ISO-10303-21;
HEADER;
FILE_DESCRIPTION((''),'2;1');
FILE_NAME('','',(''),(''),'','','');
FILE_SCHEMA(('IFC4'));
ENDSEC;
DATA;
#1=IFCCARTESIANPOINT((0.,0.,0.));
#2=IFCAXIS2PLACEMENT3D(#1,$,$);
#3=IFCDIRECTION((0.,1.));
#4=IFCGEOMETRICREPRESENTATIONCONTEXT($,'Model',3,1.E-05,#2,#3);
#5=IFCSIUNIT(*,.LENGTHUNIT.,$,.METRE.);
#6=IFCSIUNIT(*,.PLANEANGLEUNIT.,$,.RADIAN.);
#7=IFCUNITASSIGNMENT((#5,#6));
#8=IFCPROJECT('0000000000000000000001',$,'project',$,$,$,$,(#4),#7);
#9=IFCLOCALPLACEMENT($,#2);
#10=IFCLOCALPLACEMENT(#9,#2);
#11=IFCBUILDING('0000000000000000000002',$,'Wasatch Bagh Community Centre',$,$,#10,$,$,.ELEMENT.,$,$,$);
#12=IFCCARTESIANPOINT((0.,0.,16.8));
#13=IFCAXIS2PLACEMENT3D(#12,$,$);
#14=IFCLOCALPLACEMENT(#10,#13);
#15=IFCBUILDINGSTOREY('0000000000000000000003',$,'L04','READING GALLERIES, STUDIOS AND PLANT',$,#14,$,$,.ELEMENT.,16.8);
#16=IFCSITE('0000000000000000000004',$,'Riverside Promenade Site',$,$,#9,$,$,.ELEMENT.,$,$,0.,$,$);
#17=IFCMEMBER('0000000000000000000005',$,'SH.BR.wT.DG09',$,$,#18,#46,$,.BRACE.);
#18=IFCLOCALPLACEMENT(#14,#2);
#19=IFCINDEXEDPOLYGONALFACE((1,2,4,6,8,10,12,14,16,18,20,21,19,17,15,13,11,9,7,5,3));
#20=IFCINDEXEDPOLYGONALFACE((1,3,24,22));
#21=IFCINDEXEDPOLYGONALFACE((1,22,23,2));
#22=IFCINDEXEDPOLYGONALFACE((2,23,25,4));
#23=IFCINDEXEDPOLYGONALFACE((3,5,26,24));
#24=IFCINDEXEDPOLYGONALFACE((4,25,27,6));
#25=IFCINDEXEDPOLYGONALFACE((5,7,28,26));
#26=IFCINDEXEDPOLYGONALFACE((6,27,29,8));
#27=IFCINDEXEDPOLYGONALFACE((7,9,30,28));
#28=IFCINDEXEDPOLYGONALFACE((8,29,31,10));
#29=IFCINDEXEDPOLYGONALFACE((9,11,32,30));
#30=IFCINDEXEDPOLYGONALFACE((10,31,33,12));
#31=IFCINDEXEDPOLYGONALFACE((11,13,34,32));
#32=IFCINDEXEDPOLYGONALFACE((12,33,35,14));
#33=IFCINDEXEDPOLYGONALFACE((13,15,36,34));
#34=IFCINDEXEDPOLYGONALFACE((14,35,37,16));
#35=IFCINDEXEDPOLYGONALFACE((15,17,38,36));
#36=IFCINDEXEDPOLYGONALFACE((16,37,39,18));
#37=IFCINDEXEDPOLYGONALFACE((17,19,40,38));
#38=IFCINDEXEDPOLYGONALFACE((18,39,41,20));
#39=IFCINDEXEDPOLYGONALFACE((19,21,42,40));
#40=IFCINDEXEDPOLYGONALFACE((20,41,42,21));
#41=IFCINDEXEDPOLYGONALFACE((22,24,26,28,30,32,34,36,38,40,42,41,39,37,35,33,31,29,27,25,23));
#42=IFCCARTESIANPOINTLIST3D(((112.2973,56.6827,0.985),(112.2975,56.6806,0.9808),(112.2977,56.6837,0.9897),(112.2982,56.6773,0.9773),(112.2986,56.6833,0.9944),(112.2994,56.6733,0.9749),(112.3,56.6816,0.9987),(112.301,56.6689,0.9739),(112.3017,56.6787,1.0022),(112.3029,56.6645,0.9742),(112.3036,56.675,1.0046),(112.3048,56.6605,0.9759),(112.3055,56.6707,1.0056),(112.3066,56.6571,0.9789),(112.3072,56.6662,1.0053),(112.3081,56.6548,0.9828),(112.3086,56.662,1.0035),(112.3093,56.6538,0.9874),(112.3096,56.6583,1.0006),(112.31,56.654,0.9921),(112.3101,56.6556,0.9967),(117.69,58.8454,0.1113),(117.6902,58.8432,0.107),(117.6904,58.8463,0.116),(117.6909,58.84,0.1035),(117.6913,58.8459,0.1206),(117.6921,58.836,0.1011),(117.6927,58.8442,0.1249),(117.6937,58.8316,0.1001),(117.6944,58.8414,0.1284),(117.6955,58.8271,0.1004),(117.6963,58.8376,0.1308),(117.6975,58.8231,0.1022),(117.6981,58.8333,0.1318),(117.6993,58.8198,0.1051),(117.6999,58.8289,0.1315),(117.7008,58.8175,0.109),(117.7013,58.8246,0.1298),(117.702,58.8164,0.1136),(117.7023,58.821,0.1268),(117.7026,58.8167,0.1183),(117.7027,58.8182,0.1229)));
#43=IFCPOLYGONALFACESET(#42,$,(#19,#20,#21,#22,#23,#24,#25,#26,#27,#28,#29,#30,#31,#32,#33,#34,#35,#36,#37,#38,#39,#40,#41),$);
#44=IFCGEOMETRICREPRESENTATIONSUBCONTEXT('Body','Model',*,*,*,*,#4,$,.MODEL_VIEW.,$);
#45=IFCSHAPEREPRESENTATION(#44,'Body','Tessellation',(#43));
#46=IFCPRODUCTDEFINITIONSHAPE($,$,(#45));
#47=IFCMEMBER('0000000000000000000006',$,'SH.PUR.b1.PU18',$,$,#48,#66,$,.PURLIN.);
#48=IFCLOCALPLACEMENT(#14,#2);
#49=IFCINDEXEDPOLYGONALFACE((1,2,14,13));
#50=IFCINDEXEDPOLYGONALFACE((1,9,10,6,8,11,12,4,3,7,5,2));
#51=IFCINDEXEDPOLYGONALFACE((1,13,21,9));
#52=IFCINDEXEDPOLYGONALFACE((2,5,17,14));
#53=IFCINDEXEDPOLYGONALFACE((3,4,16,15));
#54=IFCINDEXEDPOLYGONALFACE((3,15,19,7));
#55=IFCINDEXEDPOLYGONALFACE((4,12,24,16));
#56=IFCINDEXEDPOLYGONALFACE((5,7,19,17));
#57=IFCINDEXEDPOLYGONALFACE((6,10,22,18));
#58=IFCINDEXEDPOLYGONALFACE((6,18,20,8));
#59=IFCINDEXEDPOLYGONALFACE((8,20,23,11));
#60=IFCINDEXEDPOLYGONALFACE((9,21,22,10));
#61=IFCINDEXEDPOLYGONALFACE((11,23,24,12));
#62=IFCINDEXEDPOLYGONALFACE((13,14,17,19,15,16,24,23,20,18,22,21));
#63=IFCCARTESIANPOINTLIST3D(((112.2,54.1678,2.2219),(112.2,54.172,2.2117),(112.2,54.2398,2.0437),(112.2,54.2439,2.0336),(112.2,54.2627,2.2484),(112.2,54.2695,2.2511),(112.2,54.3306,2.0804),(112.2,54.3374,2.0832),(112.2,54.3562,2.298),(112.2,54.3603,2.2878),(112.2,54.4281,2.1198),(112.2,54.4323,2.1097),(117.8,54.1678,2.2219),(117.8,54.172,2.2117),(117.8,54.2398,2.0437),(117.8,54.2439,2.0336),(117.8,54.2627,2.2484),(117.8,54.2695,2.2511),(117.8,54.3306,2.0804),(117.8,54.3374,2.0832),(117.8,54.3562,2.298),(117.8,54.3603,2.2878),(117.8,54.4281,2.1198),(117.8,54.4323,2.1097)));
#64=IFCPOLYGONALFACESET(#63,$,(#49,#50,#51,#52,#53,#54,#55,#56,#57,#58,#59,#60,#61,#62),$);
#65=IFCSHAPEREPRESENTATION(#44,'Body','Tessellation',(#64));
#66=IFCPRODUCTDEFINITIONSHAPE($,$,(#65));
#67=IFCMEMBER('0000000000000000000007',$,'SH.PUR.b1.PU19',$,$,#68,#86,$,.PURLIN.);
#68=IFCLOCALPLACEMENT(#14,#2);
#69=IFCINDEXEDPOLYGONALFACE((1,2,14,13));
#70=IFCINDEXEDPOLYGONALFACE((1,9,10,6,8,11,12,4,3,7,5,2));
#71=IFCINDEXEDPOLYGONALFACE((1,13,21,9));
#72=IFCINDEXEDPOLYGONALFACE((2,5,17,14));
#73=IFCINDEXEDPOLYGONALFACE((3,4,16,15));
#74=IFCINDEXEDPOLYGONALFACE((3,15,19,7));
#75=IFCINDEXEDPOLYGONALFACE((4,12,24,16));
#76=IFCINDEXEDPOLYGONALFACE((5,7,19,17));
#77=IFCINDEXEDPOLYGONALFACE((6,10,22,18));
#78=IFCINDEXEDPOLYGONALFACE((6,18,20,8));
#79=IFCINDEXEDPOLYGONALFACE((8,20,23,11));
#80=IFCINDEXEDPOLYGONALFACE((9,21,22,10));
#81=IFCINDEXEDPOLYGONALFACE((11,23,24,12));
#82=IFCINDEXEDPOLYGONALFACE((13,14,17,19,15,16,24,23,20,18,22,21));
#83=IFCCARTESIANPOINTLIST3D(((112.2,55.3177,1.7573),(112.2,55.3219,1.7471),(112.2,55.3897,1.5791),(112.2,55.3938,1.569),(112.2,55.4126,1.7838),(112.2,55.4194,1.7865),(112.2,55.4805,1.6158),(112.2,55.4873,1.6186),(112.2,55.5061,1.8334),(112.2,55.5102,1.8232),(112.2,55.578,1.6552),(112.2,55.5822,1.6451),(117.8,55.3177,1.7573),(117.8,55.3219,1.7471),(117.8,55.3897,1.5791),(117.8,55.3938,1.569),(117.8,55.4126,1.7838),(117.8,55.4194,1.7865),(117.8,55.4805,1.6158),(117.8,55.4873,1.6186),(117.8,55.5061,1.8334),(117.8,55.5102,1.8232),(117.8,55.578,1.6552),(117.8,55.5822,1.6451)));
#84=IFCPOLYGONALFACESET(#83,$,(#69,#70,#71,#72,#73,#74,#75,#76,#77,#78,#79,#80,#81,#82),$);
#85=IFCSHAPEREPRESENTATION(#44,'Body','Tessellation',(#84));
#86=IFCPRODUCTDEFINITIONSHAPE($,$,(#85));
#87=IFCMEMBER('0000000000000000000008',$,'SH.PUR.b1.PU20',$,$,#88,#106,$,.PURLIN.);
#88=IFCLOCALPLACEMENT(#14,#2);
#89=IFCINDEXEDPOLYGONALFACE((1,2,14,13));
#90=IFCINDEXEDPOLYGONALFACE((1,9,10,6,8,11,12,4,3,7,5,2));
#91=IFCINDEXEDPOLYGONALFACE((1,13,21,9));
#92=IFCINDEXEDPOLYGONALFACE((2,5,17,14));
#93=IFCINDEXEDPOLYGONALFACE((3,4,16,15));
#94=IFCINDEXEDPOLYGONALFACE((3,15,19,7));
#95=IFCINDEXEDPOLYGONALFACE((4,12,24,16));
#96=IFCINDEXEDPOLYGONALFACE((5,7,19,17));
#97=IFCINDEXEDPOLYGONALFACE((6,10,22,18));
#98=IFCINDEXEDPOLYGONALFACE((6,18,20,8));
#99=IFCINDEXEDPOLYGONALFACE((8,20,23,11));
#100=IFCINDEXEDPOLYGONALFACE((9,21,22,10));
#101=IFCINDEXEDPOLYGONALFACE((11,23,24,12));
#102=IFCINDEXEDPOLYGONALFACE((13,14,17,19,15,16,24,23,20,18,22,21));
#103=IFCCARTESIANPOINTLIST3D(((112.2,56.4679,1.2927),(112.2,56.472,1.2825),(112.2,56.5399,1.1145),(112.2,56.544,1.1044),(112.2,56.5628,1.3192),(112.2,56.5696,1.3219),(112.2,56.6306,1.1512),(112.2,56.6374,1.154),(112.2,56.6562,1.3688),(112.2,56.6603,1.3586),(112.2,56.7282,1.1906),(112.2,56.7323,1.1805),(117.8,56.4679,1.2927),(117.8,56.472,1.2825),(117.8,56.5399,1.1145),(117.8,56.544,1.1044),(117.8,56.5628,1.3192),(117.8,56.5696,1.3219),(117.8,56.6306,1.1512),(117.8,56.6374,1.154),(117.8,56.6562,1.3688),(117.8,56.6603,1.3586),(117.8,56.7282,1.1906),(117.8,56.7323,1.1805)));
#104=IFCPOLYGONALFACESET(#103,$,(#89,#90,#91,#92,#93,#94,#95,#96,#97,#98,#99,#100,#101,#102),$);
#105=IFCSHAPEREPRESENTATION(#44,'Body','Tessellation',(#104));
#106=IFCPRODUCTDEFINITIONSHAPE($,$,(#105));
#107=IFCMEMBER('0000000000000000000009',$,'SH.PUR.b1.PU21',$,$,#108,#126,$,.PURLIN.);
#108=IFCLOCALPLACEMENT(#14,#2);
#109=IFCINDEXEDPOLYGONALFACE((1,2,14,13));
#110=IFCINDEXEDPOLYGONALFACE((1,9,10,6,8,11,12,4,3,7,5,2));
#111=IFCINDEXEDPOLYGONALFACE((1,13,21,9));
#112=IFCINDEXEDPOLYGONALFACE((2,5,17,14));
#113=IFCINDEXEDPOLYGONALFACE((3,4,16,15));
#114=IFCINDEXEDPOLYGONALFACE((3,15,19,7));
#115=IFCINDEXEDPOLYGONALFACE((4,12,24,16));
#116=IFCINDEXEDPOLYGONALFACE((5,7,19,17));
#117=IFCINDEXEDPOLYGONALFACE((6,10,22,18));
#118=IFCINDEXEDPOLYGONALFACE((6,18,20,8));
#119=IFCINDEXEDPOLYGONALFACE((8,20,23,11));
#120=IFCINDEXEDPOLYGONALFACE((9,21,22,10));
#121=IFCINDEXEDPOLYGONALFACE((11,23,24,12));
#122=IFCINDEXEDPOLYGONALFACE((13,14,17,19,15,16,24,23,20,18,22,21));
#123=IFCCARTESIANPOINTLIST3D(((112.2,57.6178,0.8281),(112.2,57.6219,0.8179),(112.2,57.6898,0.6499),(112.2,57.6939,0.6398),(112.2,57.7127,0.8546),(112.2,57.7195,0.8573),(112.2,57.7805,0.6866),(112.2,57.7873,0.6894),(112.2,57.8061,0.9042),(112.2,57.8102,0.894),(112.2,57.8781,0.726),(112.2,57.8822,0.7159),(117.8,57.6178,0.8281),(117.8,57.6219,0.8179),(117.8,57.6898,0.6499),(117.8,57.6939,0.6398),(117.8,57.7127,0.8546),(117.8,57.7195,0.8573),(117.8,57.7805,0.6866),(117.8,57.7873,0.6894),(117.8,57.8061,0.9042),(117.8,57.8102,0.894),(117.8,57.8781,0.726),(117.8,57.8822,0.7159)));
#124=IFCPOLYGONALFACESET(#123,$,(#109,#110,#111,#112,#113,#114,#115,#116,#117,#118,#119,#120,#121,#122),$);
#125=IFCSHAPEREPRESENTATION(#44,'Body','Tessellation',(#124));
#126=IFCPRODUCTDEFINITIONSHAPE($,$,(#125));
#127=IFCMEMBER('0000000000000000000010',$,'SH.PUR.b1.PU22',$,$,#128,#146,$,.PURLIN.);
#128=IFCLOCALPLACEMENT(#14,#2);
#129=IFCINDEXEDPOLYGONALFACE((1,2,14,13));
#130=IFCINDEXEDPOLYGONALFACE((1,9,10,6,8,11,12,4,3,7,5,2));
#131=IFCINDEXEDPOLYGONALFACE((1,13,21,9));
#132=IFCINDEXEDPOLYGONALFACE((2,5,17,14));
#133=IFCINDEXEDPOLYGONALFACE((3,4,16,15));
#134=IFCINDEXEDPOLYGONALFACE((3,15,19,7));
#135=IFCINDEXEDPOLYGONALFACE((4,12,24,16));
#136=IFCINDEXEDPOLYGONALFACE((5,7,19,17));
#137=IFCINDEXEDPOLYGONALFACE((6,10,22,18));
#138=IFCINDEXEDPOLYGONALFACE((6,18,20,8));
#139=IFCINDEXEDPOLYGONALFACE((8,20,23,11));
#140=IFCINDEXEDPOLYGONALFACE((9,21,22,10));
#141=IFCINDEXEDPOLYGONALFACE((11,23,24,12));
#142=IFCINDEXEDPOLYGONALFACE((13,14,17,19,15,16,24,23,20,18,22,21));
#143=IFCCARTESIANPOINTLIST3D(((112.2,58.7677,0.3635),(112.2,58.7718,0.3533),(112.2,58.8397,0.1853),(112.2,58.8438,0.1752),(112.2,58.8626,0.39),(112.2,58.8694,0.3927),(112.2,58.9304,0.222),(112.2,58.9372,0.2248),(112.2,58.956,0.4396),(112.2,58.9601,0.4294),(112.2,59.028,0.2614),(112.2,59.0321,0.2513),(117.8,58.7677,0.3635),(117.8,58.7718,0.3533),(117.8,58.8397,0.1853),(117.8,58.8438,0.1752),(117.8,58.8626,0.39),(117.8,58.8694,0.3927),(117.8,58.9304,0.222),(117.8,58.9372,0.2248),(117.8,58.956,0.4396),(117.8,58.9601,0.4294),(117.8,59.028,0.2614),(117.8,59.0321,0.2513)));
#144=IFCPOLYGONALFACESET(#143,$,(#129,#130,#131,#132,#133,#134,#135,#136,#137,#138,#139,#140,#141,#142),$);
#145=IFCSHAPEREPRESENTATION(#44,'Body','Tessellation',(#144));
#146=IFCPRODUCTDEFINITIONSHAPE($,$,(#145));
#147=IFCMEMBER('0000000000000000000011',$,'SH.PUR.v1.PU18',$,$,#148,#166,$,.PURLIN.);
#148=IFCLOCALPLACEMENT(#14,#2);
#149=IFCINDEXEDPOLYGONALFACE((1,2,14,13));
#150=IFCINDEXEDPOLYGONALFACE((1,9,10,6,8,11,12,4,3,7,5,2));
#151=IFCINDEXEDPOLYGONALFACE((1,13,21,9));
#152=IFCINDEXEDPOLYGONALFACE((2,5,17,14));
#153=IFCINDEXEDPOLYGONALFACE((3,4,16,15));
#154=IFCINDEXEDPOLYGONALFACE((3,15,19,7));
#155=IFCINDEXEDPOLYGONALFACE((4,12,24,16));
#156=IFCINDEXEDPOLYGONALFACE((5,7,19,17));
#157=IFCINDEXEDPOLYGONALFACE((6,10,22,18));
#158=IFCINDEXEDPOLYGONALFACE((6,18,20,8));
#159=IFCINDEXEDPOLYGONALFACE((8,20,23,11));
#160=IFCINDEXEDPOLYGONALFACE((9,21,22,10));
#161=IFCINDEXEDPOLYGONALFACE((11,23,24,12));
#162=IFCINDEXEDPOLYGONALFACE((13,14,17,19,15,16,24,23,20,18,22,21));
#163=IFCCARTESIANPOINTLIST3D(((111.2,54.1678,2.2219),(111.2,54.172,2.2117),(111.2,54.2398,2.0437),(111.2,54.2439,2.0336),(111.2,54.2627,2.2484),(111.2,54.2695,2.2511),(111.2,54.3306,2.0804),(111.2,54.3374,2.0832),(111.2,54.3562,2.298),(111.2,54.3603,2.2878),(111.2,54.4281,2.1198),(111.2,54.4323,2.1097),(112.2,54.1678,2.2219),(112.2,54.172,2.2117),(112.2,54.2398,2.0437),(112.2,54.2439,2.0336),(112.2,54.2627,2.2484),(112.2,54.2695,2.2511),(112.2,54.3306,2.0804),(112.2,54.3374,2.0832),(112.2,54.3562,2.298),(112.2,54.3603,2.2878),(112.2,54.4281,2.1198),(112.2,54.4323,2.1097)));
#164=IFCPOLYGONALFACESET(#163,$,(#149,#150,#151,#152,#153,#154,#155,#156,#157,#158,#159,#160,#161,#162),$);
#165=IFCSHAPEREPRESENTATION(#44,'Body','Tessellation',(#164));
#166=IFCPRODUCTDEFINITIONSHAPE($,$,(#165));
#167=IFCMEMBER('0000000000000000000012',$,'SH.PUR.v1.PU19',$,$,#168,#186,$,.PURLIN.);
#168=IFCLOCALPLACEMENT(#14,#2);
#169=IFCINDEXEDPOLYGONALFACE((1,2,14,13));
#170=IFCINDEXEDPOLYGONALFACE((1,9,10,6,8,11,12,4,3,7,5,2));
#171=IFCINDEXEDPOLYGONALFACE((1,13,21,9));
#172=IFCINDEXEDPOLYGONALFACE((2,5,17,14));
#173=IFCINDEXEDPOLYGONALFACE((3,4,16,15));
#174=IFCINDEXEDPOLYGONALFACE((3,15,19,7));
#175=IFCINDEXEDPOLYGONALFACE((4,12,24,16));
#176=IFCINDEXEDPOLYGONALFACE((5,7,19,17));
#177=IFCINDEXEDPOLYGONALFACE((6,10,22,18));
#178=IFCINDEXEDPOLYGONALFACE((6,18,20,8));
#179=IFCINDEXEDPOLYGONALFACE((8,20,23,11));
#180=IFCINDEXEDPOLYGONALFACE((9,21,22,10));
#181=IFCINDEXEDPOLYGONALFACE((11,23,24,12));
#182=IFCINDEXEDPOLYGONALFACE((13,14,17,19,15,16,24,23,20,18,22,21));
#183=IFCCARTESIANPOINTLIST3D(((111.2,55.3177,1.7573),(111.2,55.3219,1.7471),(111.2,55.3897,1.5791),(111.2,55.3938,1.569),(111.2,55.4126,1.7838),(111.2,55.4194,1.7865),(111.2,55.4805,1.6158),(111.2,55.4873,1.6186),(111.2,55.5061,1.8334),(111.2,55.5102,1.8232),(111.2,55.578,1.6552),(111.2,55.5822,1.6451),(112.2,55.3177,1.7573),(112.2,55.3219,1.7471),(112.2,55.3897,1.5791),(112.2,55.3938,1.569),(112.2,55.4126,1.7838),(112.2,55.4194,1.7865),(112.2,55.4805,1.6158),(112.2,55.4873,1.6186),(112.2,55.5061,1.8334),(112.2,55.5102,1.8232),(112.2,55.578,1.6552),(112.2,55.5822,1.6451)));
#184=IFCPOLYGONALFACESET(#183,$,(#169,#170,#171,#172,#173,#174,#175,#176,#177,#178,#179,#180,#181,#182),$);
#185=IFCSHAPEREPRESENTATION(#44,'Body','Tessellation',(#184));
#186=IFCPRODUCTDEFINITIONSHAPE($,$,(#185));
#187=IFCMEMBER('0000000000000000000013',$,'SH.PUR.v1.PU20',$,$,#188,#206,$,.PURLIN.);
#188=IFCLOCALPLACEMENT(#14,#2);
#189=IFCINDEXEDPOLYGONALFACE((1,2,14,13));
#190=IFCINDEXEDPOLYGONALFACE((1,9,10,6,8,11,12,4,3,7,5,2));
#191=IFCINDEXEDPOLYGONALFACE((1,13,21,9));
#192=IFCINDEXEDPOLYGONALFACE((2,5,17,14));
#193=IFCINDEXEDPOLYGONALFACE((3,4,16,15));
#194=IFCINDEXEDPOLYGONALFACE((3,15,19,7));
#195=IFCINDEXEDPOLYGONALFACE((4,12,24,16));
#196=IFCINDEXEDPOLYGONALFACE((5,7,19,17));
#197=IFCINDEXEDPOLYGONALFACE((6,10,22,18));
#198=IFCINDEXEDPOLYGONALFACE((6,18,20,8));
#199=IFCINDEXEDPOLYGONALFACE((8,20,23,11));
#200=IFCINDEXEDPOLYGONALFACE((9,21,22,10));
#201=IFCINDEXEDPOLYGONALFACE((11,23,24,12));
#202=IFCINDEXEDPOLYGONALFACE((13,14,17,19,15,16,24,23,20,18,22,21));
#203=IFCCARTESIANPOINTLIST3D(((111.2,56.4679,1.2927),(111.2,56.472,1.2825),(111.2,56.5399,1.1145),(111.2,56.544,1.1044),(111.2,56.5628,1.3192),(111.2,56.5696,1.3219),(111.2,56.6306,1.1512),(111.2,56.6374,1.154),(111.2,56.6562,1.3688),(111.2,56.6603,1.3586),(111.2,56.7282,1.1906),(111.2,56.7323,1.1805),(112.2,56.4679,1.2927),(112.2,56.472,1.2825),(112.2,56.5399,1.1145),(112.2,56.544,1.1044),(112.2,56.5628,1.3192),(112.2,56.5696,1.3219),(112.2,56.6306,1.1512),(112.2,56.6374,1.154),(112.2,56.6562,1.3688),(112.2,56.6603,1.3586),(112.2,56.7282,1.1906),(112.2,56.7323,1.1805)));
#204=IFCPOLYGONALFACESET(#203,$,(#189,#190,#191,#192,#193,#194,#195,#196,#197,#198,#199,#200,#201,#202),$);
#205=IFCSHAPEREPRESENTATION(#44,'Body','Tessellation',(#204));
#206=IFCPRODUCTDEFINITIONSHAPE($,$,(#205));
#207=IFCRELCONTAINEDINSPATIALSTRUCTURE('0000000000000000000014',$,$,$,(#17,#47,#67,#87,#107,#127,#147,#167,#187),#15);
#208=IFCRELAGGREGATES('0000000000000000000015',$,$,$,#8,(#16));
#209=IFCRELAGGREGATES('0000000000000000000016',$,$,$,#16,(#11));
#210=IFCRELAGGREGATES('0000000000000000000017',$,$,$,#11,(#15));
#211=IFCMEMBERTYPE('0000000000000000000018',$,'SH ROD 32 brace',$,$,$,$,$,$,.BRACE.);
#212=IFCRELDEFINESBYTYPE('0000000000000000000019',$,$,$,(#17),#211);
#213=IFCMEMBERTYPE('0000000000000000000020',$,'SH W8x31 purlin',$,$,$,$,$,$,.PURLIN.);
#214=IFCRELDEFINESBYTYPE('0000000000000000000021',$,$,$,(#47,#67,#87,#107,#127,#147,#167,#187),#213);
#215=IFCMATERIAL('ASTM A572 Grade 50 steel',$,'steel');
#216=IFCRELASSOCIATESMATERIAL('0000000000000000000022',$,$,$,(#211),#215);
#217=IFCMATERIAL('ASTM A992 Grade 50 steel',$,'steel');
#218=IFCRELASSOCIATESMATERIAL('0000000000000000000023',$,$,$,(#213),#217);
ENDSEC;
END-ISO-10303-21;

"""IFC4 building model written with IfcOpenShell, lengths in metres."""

from ifc_helpers import new_model, si_unit, direction, frame, origin, origin_2d, place, context, subcontext, project, spatial, circle, i_section, extrude, material, material_profile, profile_set, type_object, element, save


model = new_model("IFC4")

# Units and contexts
model_context = context("Model", 3, precision=1e-05, world=origin(), true_north=direction((0.0, 1.0)))
body_context = subcontext(model_context, "Body", "Model", "MODEL_VIEW")
ifc_project = project(units=[si_unit("LENGTHUNIT", "METRE"), si_unit("PLANEANGLEUNIT", "RADIAN")], contexts=[model_context])

# Site, building, storey
site_placement = place(None, origin())
site = spatial("IfcSite", under=ifc_project, at=site_placement, Name="Riverside Promenade Site", CompositionType="ELEMENT", RefElevation=0.0)
building_placement = place(site_placement, origin())
building = spatial("IfcBuilding", under=site, at=building_placement, Name="Wasatch Bagh Community Centre", CompositionType="ELEMENT")
storey_placement = place(building_placement, frame((0.0, 0.0, 16.8)))
storey = spatial("IfcBuildingStorey", under=building, at=storey_placement, Name="L04", Description="READING GALLERIES, STUDIOS AND PLANT", CompositionType="ELEMENT", Elevation=16.8)

# Members
ifc_material_1 = material(Name="ASTM A572 Grade 50 steel", Category="steel")
ifc_material_profile_1 = material_profile(ifc_material_1, circle(Radius=0.0161, at=origin_2d()), Name="ROD 32")
ifc_profile_set_1 = profile_set([ifc_material_profile_1], Name="ASTM A572 Grade 50 steel")
member_type_1 = type_object("IfcMemberType", Name="SH ROD 32 brace", PredefinedType="BRACE", material=ifc_profile_set_1)
member_1_placement = place(storey_placement, frame((112.3037, 56.6687, 0.9897), z_axis=(0.917825, 0.368077, -0.148718), x_axis=(-0.372216, 0.928146, 0.0)))
element("IfcMember", 1, at=member_1_placement, inside=storey, type_object=member_type_1, Name="SH.BR.wT.DG09", PredefinedType="BRACE", context=body_context, shape_type="SweptSolid", body=[
    extrude(circle(Radius=0.0161, at=origin_2d()), origin(), (0.0, 0.0, 1.0), 5.8755),
])
ifc_material_2 = material(Name="ASTM A992 Grade 50 steel", Category="steel")
ifc_material_profile_2 = material_profile(ifc_material_2, i_section(OverallWidth=0.2031, OverallDepth=0.2031, WebThickness=0.0073, FlangeThickness=0.011, at=origin_2d()), Name="W8x31")
ifc_profile_set_2 = profile_set([ifc_material_profile_2], Name="ASTM A992 Grade 50 steel")
member_type_2 = type_object("IfcMemberType", Name="SH W8x31 purlin", PredefinedType="PURLIN", material=ifc_profile_set_2)
for number, where, z_axis, x_axis, name in (
    (2, (112.2, 54.3, 2.1658), (1.0, 0.0, 0.0), (0.0, 0.927184, 0.374607), "SH.PUR.b1.PU18"),
    (3, (112.2, 55.45, 1.7012), (1.0, 0.0, 0.0), (0.0, 0.927184, 0.374607), "SH.PUR.b1.PU19"),
    (4, (112.2, 56.6001, 1.2366), (1.0, 0.0, 0.0), (0.0, 0.927184, 0.374607), "SH.PUR.b1.PU20"),
    (5, (112.2, 57.75, 0.772), (1.0, 0.0, 0.0), (0.0, 0.927184, 0.374607), "SH.PUR.b1.PU21"),
    (6, (112.2, 58.8999, 0.3074), (1.0, 0.0, 0.0), (0.0, 0.927184, 0.374607), "SH.PUR.b1.PU22"),
):
    element("IfcMember", number, at=place(storey_placement, frame(where, z_axis=z_axis, x_axis=x_axis)), inside=storey, type_object=member_type_2, Name=name, PredefinedType="PURLIN", context=body_context, shape_type="SweptSolid", body=[
        extrude(i_section(OverallWidth=0.2031, OverallDepth=0.2031, WebThickness=0.0073, FlangeThickness=0.011, at=origin_2d()), origin(), (0.0, 0.0, 1.0), 5.6001),
    ])
for number, where, z_axis, x_axis, name in (
    (7, (111.2, 54.3, 2.1658), (1.0, 0.0, 0.0), (0.0, 0.927184, 0.374607), "SH.PUR.v1.PU18"),
    (8, (111.2, 55.45, 1.7012), (1.0, 0.0, 0.0), (0.0, 0.927184, 0.374607), "SH.PUR.v1.PU19"),
    (9, (111.2, 56.6001, 1.2366), (1.0, 0.0, 0.0), (0.0, 0.927184, 0.374607), "SH.PUR.v1.PU20"),
):
    element("IfcMember", number, at=place(storey_placement, frame(where, z_axis=z_axis, x_axis=x_axis)), inside=storey, type_object=member_type_2, Name=name, PredefinedType="PURLIN", context=body_context, shape_type="SweptSolid", body=[
        extrude(i_section(OverallWidth=0.2031, OverallDepth=0.2031, WebThickness=0.0073, FlangeThickness=0.011, at=origin_2d()), origin(), (0.0, 0.0, 1.0), 1.0),
    ])

save(model, "model.ifc")
